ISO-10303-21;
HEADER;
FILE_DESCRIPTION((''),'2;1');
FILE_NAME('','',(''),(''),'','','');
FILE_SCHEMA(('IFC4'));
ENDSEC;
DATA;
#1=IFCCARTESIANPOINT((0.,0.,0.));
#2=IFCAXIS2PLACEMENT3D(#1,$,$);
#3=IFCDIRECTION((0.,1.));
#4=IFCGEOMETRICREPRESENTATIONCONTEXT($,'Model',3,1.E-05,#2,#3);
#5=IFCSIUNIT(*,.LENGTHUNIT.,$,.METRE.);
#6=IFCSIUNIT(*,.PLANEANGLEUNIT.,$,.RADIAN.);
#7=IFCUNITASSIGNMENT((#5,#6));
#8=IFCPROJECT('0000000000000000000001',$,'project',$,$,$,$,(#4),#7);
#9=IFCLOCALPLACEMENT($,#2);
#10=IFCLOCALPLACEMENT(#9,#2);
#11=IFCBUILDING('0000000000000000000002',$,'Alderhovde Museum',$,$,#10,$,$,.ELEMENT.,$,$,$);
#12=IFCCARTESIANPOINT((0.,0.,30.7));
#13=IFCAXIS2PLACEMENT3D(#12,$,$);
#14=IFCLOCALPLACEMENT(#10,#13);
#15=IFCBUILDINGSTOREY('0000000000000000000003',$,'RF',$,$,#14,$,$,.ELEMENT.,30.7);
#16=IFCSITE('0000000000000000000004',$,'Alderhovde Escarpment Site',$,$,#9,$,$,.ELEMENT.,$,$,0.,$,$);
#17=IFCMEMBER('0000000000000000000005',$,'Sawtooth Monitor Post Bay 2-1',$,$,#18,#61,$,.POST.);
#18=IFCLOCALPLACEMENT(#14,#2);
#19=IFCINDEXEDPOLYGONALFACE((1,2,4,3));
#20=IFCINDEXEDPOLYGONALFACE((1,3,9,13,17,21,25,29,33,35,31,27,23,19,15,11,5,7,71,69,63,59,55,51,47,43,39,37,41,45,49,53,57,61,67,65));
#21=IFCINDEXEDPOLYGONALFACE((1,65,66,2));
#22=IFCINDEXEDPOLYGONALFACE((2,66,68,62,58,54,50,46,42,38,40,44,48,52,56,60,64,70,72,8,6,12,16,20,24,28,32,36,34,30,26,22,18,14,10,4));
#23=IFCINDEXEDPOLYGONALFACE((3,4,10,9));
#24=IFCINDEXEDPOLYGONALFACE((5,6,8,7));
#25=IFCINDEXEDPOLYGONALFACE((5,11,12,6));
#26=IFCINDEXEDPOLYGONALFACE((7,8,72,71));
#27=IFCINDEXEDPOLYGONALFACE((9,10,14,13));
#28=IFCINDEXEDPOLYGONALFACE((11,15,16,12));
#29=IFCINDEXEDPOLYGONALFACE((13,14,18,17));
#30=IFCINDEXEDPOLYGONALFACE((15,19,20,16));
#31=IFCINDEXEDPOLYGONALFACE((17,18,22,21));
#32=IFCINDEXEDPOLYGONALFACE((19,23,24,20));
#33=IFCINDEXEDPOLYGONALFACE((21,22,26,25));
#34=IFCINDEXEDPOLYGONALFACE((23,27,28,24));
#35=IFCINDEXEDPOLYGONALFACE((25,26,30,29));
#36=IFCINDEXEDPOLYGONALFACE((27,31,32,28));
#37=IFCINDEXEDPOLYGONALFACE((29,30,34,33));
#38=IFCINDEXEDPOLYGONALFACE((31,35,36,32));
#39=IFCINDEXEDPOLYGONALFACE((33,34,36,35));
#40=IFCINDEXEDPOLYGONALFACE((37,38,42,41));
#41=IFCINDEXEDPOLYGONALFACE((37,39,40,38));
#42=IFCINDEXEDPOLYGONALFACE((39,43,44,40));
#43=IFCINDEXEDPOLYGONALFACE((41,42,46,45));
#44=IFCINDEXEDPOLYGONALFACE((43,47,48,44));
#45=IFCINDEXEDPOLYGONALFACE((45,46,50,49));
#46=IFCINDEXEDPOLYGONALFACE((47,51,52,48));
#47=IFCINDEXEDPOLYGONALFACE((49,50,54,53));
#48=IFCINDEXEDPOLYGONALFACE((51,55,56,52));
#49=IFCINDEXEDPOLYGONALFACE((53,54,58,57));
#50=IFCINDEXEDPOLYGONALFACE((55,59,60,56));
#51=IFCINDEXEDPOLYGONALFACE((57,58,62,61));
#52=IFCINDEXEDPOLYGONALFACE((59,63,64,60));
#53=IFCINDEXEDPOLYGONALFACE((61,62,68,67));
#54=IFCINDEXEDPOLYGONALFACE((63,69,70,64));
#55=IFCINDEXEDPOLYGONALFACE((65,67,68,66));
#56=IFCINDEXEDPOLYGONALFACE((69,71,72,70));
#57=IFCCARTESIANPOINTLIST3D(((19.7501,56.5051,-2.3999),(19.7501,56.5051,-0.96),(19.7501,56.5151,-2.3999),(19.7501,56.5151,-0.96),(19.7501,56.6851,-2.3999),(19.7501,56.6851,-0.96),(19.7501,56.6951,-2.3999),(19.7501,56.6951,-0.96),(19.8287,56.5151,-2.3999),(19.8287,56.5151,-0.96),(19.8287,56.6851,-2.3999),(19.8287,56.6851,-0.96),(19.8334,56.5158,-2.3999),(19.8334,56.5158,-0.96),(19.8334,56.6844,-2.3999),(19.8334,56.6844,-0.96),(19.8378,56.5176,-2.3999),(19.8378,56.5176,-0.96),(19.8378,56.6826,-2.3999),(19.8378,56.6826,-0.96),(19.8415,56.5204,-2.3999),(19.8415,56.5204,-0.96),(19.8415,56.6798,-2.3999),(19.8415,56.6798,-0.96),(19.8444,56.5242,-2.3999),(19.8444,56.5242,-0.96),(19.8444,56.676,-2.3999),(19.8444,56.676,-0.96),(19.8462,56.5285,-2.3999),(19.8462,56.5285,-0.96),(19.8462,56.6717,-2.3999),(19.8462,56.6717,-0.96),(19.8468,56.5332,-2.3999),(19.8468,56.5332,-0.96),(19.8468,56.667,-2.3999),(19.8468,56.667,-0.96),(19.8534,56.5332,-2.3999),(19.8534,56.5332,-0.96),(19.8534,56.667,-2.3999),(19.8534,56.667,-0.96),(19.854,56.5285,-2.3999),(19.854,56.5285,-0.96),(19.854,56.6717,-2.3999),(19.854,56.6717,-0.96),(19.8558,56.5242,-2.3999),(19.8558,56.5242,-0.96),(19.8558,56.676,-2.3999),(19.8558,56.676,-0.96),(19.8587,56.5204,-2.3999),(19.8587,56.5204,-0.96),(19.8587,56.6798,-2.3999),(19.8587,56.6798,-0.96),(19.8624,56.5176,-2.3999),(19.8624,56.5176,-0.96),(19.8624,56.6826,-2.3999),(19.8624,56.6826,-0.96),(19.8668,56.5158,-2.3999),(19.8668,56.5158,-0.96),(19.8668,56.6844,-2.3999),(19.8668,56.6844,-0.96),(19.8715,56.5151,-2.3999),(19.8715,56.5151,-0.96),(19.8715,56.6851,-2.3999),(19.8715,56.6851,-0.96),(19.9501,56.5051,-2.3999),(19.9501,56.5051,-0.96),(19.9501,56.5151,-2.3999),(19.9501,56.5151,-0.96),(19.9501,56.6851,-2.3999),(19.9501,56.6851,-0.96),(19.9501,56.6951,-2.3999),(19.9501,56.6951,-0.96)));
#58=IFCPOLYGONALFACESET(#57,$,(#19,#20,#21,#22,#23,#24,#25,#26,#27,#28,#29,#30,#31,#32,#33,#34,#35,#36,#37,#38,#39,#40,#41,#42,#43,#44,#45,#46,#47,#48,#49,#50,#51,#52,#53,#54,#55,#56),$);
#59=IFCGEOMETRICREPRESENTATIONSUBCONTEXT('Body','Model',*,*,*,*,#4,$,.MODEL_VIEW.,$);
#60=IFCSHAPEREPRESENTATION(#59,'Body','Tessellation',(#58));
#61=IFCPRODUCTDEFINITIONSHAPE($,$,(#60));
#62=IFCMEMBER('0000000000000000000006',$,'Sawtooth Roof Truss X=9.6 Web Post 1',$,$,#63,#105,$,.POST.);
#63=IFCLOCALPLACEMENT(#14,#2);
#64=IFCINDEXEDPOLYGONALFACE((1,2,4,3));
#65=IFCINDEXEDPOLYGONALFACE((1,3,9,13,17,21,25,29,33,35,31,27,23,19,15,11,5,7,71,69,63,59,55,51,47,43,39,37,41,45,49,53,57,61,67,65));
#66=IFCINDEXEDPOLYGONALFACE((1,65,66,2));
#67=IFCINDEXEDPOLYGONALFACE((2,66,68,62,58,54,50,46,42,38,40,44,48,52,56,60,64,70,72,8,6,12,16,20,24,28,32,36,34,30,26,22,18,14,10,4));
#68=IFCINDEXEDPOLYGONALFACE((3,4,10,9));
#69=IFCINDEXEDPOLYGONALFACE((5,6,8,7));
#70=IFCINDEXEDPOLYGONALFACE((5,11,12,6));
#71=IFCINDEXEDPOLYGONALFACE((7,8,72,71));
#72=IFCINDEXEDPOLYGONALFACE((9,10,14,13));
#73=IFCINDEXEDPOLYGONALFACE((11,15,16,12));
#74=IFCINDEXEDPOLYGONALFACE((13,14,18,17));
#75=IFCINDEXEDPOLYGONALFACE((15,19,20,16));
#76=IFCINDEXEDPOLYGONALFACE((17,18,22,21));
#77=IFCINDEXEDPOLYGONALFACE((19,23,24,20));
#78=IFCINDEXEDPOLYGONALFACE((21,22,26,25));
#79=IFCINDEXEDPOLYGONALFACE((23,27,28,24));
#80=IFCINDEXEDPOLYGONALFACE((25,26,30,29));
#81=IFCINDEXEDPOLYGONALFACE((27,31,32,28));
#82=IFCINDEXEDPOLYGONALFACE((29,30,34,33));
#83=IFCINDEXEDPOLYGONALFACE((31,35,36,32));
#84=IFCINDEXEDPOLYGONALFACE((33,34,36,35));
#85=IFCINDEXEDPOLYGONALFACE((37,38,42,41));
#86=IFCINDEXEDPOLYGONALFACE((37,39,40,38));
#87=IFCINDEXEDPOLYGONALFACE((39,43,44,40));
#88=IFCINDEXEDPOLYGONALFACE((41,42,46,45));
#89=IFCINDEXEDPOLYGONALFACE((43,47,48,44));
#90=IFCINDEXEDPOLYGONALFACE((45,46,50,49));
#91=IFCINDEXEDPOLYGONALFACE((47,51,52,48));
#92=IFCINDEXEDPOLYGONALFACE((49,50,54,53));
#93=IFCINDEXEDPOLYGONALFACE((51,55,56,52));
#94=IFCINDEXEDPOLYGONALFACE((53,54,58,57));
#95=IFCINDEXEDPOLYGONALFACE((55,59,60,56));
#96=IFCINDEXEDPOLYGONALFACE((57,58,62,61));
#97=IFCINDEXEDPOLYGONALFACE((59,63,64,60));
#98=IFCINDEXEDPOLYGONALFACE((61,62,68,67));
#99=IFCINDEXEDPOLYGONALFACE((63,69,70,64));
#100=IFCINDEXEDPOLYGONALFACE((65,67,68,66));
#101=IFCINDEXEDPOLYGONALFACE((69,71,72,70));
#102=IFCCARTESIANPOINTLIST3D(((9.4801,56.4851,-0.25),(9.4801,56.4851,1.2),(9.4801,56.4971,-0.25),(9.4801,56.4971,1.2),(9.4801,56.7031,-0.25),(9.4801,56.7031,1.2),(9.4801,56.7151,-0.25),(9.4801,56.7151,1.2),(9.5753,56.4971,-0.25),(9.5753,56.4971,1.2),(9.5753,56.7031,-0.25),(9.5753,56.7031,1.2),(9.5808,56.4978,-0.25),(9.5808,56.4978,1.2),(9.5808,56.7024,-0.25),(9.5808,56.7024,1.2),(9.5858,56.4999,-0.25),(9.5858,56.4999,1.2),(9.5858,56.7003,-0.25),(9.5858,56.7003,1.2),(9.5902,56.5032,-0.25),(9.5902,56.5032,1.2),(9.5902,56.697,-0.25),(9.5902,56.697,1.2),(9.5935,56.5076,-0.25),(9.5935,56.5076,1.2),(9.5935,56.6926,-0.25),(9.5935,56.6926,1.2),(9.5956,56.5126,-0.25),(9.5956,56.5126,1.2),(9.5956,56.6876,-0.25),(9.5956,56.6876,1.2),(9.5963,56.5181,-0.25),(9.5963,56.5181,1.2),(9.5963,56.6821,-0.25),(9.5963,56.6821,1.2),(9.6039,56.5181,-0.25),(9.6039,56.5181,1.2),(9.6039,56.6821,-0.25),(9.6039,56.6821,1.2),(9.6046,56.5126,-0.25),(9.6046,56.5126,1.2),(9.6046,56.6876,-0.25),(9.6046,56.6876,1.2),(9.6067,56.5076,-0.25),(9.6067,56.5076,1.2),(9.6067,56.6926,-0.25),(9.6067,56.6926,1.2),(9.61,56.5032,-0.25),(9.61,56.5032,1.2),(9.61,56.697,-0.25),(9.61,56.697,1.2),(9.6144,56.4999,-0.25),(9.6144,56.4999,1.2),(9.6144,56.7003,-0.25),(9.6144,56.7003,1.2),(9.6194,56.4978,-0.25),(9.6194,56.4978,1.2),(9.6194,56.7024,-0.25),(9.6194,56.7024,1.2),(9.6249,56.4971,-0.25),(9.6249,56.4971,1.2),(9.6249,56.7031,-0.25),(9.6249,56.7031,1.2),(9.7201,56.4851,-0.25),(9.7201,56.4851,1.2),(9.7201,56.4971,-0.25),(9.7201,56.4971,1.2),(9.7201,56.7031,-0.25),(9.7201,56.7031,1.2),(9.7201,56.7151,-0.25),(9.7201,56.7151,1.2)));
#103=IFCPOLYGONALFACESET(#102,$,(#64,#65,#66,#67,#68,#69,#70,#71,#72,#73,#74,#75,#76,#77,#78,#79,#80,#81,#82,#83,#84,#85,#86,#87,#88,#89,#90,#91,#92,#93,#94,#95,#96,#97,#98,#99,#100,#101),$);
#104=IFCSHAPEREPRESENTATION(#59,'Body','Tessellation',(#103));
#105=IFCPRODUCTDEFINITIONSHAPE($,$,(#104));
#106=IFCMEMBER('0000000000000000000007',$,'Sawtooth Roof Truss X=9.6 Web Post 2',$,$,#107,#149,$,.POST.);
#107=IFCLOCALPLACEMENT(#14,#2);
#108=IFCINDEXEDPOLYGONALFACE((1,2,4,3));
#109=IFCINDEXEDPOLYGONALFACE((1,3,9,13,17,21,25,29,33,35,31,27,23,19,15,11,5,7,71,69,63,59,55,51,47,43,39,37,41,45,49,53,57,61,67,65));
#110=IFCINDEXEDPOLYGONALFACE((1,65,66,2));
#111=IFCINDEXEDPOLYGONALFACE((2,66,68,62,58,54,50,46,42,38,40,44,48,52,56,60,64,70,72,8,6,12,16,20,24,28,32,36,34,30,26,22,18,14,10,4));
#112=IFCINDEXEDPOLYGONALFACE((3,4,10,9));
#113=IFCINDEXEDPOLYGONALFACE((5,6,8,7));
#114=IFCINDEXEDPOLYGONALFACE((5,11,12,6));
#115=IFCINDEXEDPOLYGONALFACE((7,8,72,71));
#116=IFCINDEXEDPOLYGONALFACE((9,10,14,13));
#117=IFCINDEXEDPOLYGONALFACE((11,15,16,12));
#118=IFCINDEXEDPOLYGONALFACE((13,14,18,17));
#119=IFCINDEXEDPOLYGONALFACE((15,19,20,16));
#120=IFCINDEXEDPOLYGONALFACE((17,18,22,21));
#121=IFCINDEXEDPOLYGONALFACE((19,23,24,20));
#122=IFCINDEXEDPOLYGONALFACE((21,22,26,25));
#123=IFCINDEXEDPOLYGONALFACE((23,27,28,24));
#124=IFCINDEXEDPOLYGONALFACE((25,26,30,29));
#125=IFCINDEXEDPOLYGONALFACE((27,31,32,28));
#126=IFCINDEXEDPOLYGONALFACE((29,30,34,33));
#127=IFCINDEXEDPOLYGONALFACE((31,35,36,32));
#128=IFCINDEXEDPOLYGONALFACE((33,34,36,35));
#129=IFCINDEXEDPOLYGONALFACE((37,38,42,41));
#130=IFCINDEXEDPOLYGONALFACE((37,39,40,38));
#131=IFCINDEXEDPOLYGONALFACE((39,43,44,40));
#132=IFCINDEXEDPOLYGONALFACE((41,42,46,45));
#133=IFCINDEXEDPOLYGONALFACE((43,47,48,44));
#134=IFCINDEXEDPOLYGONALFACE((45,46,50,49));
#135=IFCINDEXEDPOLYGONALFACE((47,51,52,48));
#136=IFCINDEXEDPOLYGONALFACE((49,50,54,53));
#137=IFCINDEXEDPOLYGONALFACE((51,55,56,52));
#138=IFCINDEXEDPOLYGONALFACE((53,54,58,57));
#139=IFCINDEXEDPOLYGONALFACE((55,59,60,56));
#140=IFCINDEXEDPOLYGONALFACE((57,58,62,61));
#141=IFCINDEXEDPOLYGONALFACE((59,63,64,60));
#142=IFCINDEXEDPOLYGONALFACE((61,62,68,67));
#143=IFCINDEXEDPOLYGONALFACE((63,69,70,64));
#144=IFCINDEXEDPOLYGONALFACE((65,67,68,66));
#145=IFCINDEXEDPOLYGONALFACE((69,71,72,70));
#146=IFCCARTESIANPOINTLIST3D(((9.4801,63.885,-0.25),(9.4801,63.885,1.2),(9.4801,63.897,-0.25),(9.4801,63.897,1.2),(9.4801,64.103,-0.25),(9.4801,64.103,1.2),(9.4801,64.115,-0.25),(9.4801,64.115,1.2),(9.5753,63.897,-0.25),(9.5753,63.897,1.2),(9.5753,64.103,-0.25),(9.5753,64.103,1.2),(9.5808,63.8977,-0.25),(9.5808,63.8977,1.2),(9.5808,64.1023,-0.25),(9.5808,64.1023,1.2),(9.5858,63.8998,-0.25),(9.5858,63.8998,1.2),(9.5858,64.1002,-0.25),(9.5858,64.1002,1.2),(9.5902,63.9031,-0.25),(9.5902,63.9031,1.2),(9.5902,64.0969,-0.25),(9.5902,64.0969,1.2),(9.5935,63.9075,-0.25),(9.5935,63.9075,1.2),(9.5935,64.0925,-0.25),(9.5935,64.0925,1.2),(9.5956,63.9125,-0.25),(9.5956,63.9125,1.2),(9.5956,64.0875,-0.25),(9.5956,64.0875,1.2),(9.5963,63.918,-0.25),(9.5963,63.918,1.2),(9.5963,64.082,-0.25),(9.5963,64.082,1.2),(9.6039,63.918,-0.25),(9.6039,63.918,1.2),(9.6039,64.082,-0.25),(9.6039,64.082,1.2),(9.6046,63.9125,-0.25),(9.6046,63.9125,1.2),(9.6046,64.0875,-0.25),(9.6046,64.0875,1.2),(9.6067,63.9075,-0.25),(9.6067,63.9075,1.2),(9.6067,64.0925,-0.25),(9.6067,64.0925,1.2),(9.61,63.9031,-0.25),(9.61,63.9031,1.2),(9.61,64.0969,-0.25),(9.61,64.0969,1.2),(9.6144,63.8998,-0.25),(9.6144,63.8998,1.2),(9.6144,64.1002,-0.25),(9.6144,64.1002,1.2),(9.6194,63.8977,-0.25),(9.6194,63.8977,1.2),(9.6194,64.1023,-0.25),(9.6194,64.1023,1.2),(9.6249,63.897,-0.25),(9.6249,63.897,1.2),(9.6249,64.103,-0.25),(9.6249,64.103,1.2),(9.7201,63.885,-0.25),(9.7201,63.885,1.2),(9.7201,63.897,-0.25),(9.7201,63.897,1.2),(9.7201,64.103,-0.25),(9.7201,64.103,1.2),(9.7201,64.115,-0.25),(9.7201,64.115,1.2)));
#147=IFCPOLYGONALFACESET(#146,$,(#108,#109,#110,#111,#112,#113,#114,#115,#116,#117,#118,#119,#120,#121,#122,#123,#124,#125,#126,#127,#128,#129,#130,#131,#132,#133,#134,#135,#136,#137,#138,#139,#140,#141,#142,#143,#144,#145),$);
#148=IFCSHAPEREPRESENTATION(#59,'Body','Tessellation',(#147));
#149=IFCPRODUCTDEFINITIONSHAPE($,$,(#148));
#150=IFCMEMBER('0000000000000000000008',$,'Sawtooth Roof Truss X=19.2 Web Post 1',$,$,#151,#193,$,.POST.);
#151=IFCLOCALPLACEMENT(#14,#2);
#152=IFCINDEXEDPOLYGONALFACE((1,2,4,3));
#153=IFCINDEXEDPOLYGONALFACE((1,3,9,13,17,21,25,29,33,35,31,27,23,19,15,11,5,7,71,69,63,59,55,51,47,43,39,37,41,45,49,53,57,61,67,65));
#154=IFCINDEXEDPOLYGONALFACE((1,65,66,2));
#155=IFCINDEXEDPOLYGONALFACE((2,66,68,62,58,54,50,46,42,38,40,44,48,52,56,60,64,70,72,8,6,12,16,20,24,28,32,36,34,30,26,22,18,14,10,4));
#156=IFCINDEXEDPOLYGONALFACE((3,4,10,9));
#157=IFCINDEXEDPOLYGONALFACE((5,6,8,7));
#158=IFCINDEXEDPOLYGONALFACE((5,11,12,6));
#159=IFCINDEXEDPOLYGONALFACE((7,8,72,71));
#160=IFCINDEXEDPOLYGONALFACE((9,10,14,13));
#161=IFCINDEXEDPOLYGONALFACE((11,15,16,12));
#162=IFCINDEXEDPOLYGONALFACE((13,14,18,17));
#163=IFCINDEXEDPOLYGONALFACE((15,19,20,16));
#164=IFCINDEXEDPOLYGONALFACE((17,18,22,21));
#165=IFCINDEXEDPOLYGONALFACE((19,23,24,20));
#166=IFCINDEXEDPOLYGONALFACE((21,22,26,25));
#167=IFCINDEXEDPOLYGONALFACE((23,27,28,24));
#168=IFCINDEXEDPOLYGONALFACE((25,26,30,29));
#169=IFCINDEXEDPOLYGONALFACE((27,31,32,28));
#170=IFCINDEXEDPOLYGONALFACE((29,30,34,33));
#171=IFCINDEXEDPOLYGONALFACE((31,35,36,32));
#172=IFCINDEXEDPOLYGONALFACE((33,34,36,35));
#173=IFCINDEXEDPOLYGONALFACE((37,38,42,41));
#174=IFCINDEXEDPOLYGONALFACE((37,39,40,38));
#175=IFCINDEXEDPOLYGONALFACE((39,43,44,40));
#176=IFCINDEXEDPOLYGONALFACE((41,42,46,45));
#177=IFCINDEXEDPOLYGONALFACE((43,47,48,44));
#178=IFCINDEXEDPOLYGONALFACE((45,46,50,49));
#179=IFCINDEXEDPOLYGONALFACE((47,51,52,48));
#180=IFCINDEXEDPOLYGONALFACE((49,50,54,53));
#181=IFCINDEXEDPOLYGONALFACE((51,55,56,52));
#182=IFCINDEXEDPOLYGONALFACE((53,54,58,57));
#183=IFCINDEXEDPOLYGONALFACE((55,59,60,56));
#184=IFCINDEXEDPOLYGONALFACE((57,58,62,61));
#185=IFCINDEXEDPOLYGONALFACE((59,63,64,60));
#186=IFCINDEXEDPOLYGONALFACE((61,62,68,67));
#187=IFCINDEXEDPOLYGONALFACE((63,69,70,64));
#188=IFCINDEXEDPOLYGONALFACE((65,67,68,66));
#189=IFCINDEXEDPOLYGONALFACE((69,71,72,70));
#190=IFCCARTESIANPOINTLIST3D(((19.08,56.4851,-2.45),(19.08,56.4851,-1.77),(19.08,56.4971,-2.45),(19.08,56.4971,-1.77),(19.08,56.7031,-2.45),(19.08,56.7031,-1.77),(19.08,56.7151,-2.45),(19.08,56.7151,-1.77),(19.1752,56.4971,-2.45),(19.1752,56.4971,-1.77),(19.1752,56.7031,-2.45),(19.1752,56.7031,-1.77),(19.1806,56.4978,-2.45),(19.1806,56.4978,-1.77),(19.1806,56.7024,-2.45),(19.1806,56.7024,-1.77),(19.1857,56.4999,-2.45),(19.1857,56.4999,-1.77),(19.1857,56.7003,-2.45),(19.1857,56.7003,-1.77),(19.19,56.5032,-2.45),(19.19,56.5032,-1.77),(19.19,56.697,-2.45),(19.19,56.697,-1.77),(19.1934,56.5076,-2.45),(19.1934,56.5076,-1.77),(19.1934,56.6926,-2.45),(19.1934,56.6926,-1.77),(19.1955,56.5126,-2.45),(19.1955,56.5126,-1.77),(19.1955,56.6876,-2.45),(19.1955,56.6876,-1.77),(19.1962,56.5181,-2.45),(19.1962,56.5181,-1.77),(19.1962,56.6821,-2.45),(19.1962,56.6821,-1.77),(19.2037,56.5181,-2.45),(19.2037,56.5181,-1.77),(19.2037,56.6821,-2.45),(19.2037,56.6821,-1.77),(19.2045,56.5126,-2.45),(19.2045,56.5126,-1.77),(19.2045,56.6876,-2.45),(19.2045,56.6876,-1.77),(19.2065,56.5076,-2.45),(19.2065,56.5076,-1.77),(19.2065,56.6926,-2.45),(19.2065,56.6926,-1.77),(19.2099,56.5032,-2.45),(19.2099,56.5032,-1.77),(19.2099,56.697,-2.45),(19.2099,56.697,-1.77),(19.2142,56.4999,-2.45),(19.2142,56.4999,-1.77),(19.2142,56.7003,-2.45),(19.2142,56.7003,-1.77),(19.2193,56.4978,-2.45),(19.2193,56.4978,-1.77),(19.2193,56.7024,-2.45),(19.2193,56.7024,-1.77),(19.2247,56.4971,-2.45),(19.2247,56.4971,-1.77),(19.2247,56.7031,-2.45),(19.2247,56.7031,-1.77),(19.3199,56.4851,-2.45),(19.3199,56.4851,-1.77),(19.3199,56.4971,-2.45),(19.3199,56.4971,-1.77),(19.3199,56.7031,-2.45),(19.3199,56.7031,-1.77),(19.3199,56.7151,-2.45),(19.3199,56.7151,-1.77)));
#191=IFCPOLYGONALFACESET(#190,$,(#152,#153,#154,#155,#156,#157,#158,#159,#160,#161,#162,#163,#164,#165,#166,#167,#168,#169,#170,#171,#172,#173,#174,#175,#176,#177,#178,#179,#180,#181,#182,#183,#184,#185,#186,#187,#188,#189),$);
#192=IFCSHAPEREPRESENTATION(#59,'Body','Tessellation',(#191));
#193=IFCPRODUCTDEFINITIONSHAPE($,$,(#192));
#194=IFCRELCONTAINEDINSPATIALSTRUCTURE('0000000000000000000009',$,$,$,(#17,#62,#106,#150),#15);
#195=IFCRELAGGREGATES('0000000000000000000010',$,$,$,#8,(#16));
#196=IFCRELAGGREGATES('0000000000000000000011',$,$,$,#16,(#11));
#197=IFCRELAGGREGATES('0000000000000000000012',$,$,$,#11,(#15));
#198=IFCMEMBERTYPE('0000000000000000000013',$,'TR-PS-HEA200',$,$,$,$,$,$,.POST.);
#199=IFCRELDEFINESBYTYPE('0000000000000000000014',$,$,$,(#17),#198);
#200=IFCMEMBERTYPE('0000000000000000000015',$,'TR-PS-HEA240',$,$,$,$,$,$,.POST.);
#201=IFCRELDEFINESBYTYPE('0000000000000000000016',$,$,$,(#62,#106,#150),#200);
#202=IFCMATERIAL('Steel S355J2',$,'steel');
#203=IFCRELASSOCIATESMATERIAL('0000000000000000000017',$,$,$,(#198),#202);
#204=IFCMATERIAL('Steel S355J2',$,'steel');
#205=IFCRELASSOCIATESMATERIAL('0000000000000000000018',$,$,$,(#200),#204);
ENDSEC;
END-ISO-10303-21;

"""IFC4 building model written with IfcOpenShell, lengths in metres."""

from ifc_helpers import new_model, si_unit, direction, frame, origin, origin_2d, place, context, subcontext, project, spatial, i_section, extrude, material, material_profile, profile_set, type_object, element, save


model = new_model("IFC4")

# Units and contexts
model_context = context("Model", 3, precision=1e-05, world=origin(), true_north=direction((0.0, 1.0)))
body_context = subcontext(model_context, "Body", "Model", "MODEL_VIEW")
ifc_project = project(units=[si_unit("LENGTHUNIT", "METRE"), si_unit("PLANEANGLEUNIT", "RADIAN")], contexts=[model_context])

# Site, building, storey
site_placement = place(None, origin())
site = spatial("IfcSite", under=ifc_project, at=site_placement, Name="Alderhovde Escarpment Site", CompositionType="ELEMENT", RefElevation=0.0)
building_placement = place(site_placement, origin())
building = spatial("IfcBuilding", under=site, at=building_placement, Name="Alderhovde Museum", CompositionType="ELEMENT")
storey_placement = place(building_placement, frame((0.0, 0.0, 30.7)))
storey = spatial("IfcBuildingStorey", under=building, at=storey_placement, Name="RF", CompositionType="ELEMENT", Elevation=30.7)

# Members
ifc_material_1 = material(Name="Steel S355J2", Category="steel")
ifc_material_profile_1 = material_profile(ifc_material_1, i_section(OverallWidth=0.2, OverallDepth=0.1899, WebThickness=0.0066, FlangeThickness=0.01, FilletRadius=0.0181, at=origin_2d()), Name="HEA 200")
ifc_profile_set_1 = profile_set([ifc_material_profile_1], Name="Steel S355J2")
member_type_1 = type_object("IfcMemberType", Name="TR-PS-HEA200", PredefinedType="POST", material=ifc_profile_set_1)
member_1_placement = place(storey_placement, frame((19.8501, 56.6001, -2.3999), z_axis=(0.0, 0.0, 1.0), x_axis=(1.0, 0.0, 0.0)))
element("IfcMember", 1, at=member_1_placement, inside=storey, type_object=member_type_1, Name="Sawtooth Monitor Post Bay 2-1", PredefinedType="POST", context=body_context, shape_type="SweptSolid", body=[
    extrude(i_section(OverallWidth=0.2, OverallDepth=0.1899, WebThickness=0.0066, FlangeThickness=0.01, FilletRadius=0.0181, at=origin_2d()), origin(), (0.0, 0.0, 1.0), 1.4399),
])
ifc_material_2 = material(Name="Steel S355J2", Category="steel")
ifc_material_profile_2 = material_profile(ifc_material_2, i_section(OverallWidth=0.24, OverallDepth=0.23, WebThickness=0.0076, FlangeThickness=0.012, FilletRadius=0.021, at=origin_2d()), Name="HEA 240")
ifc_profile_set_2 = profile_set([ifc_material_profile_2], Name="Steel S355J2")
member_type_2 = type_object("IfcMemberType", Name="TR-PS-HEA240", PredefinedType="POST", material=ifc_profile_set_2)
for number, where, z_axis, x_axis, name in (
    (2, (9.6001, 56.6001, -0.25), (0.0, 0.0, 1.0), (1.0, 0.0, 0.0), "Sawtooth Roof Truss X=9.6 Web Post 1"),
    (3, (9.6001, 64.0, -0.25), (0.0, 0.0, 1.0), (1.0, 0.0, 0.0), "Sawtooth Roof Truss X=9.6 Web Post 2"),
):
    element("IfcMember", number, at=place(storey_placement, frame(where, z_axis=z_axis, x_axis=x_axis)), inside=storey, type_object=member_type_2, Name=name, PredefinedType="POST", context=body_context, shape_type="SweptSolid", body=[
        extrude(i_section(OverallWidth=0.24, OverallDepth=0.23, WebThickness=0.0076, FlangeThickness=0.012, FilletRadius=0.021, at=origin_2d()), origin(), (0.0, 0.0, 1.0), 1.45),
    ])
member_2_placement = place(storey_placement, frame((19.2, 56.6001, -2.45), z_axis=(0.0, 0.0, 1.0), x_axis=(1.0, 0.0, 0.0)))
element("IfcMember", 4, at=member_2_placement, inside=storey, type_object=member_type_2, Name="Sawtooth Roof Truss X=19.2 Web Post 1", PredefinedType="POST", context=body_context, shape_type="SweptSolid", body=[
    extrude(i_section(OverallWidth=0.24, OverallDepth=0.23, WebThickness=0.0076, FlangeThickness=0.012, FilletRadius=0.021, at=origin_2d()), origin(), (0.0, 0.0, 1.0), 0.6799),
])

save(model, "model.ifc")
